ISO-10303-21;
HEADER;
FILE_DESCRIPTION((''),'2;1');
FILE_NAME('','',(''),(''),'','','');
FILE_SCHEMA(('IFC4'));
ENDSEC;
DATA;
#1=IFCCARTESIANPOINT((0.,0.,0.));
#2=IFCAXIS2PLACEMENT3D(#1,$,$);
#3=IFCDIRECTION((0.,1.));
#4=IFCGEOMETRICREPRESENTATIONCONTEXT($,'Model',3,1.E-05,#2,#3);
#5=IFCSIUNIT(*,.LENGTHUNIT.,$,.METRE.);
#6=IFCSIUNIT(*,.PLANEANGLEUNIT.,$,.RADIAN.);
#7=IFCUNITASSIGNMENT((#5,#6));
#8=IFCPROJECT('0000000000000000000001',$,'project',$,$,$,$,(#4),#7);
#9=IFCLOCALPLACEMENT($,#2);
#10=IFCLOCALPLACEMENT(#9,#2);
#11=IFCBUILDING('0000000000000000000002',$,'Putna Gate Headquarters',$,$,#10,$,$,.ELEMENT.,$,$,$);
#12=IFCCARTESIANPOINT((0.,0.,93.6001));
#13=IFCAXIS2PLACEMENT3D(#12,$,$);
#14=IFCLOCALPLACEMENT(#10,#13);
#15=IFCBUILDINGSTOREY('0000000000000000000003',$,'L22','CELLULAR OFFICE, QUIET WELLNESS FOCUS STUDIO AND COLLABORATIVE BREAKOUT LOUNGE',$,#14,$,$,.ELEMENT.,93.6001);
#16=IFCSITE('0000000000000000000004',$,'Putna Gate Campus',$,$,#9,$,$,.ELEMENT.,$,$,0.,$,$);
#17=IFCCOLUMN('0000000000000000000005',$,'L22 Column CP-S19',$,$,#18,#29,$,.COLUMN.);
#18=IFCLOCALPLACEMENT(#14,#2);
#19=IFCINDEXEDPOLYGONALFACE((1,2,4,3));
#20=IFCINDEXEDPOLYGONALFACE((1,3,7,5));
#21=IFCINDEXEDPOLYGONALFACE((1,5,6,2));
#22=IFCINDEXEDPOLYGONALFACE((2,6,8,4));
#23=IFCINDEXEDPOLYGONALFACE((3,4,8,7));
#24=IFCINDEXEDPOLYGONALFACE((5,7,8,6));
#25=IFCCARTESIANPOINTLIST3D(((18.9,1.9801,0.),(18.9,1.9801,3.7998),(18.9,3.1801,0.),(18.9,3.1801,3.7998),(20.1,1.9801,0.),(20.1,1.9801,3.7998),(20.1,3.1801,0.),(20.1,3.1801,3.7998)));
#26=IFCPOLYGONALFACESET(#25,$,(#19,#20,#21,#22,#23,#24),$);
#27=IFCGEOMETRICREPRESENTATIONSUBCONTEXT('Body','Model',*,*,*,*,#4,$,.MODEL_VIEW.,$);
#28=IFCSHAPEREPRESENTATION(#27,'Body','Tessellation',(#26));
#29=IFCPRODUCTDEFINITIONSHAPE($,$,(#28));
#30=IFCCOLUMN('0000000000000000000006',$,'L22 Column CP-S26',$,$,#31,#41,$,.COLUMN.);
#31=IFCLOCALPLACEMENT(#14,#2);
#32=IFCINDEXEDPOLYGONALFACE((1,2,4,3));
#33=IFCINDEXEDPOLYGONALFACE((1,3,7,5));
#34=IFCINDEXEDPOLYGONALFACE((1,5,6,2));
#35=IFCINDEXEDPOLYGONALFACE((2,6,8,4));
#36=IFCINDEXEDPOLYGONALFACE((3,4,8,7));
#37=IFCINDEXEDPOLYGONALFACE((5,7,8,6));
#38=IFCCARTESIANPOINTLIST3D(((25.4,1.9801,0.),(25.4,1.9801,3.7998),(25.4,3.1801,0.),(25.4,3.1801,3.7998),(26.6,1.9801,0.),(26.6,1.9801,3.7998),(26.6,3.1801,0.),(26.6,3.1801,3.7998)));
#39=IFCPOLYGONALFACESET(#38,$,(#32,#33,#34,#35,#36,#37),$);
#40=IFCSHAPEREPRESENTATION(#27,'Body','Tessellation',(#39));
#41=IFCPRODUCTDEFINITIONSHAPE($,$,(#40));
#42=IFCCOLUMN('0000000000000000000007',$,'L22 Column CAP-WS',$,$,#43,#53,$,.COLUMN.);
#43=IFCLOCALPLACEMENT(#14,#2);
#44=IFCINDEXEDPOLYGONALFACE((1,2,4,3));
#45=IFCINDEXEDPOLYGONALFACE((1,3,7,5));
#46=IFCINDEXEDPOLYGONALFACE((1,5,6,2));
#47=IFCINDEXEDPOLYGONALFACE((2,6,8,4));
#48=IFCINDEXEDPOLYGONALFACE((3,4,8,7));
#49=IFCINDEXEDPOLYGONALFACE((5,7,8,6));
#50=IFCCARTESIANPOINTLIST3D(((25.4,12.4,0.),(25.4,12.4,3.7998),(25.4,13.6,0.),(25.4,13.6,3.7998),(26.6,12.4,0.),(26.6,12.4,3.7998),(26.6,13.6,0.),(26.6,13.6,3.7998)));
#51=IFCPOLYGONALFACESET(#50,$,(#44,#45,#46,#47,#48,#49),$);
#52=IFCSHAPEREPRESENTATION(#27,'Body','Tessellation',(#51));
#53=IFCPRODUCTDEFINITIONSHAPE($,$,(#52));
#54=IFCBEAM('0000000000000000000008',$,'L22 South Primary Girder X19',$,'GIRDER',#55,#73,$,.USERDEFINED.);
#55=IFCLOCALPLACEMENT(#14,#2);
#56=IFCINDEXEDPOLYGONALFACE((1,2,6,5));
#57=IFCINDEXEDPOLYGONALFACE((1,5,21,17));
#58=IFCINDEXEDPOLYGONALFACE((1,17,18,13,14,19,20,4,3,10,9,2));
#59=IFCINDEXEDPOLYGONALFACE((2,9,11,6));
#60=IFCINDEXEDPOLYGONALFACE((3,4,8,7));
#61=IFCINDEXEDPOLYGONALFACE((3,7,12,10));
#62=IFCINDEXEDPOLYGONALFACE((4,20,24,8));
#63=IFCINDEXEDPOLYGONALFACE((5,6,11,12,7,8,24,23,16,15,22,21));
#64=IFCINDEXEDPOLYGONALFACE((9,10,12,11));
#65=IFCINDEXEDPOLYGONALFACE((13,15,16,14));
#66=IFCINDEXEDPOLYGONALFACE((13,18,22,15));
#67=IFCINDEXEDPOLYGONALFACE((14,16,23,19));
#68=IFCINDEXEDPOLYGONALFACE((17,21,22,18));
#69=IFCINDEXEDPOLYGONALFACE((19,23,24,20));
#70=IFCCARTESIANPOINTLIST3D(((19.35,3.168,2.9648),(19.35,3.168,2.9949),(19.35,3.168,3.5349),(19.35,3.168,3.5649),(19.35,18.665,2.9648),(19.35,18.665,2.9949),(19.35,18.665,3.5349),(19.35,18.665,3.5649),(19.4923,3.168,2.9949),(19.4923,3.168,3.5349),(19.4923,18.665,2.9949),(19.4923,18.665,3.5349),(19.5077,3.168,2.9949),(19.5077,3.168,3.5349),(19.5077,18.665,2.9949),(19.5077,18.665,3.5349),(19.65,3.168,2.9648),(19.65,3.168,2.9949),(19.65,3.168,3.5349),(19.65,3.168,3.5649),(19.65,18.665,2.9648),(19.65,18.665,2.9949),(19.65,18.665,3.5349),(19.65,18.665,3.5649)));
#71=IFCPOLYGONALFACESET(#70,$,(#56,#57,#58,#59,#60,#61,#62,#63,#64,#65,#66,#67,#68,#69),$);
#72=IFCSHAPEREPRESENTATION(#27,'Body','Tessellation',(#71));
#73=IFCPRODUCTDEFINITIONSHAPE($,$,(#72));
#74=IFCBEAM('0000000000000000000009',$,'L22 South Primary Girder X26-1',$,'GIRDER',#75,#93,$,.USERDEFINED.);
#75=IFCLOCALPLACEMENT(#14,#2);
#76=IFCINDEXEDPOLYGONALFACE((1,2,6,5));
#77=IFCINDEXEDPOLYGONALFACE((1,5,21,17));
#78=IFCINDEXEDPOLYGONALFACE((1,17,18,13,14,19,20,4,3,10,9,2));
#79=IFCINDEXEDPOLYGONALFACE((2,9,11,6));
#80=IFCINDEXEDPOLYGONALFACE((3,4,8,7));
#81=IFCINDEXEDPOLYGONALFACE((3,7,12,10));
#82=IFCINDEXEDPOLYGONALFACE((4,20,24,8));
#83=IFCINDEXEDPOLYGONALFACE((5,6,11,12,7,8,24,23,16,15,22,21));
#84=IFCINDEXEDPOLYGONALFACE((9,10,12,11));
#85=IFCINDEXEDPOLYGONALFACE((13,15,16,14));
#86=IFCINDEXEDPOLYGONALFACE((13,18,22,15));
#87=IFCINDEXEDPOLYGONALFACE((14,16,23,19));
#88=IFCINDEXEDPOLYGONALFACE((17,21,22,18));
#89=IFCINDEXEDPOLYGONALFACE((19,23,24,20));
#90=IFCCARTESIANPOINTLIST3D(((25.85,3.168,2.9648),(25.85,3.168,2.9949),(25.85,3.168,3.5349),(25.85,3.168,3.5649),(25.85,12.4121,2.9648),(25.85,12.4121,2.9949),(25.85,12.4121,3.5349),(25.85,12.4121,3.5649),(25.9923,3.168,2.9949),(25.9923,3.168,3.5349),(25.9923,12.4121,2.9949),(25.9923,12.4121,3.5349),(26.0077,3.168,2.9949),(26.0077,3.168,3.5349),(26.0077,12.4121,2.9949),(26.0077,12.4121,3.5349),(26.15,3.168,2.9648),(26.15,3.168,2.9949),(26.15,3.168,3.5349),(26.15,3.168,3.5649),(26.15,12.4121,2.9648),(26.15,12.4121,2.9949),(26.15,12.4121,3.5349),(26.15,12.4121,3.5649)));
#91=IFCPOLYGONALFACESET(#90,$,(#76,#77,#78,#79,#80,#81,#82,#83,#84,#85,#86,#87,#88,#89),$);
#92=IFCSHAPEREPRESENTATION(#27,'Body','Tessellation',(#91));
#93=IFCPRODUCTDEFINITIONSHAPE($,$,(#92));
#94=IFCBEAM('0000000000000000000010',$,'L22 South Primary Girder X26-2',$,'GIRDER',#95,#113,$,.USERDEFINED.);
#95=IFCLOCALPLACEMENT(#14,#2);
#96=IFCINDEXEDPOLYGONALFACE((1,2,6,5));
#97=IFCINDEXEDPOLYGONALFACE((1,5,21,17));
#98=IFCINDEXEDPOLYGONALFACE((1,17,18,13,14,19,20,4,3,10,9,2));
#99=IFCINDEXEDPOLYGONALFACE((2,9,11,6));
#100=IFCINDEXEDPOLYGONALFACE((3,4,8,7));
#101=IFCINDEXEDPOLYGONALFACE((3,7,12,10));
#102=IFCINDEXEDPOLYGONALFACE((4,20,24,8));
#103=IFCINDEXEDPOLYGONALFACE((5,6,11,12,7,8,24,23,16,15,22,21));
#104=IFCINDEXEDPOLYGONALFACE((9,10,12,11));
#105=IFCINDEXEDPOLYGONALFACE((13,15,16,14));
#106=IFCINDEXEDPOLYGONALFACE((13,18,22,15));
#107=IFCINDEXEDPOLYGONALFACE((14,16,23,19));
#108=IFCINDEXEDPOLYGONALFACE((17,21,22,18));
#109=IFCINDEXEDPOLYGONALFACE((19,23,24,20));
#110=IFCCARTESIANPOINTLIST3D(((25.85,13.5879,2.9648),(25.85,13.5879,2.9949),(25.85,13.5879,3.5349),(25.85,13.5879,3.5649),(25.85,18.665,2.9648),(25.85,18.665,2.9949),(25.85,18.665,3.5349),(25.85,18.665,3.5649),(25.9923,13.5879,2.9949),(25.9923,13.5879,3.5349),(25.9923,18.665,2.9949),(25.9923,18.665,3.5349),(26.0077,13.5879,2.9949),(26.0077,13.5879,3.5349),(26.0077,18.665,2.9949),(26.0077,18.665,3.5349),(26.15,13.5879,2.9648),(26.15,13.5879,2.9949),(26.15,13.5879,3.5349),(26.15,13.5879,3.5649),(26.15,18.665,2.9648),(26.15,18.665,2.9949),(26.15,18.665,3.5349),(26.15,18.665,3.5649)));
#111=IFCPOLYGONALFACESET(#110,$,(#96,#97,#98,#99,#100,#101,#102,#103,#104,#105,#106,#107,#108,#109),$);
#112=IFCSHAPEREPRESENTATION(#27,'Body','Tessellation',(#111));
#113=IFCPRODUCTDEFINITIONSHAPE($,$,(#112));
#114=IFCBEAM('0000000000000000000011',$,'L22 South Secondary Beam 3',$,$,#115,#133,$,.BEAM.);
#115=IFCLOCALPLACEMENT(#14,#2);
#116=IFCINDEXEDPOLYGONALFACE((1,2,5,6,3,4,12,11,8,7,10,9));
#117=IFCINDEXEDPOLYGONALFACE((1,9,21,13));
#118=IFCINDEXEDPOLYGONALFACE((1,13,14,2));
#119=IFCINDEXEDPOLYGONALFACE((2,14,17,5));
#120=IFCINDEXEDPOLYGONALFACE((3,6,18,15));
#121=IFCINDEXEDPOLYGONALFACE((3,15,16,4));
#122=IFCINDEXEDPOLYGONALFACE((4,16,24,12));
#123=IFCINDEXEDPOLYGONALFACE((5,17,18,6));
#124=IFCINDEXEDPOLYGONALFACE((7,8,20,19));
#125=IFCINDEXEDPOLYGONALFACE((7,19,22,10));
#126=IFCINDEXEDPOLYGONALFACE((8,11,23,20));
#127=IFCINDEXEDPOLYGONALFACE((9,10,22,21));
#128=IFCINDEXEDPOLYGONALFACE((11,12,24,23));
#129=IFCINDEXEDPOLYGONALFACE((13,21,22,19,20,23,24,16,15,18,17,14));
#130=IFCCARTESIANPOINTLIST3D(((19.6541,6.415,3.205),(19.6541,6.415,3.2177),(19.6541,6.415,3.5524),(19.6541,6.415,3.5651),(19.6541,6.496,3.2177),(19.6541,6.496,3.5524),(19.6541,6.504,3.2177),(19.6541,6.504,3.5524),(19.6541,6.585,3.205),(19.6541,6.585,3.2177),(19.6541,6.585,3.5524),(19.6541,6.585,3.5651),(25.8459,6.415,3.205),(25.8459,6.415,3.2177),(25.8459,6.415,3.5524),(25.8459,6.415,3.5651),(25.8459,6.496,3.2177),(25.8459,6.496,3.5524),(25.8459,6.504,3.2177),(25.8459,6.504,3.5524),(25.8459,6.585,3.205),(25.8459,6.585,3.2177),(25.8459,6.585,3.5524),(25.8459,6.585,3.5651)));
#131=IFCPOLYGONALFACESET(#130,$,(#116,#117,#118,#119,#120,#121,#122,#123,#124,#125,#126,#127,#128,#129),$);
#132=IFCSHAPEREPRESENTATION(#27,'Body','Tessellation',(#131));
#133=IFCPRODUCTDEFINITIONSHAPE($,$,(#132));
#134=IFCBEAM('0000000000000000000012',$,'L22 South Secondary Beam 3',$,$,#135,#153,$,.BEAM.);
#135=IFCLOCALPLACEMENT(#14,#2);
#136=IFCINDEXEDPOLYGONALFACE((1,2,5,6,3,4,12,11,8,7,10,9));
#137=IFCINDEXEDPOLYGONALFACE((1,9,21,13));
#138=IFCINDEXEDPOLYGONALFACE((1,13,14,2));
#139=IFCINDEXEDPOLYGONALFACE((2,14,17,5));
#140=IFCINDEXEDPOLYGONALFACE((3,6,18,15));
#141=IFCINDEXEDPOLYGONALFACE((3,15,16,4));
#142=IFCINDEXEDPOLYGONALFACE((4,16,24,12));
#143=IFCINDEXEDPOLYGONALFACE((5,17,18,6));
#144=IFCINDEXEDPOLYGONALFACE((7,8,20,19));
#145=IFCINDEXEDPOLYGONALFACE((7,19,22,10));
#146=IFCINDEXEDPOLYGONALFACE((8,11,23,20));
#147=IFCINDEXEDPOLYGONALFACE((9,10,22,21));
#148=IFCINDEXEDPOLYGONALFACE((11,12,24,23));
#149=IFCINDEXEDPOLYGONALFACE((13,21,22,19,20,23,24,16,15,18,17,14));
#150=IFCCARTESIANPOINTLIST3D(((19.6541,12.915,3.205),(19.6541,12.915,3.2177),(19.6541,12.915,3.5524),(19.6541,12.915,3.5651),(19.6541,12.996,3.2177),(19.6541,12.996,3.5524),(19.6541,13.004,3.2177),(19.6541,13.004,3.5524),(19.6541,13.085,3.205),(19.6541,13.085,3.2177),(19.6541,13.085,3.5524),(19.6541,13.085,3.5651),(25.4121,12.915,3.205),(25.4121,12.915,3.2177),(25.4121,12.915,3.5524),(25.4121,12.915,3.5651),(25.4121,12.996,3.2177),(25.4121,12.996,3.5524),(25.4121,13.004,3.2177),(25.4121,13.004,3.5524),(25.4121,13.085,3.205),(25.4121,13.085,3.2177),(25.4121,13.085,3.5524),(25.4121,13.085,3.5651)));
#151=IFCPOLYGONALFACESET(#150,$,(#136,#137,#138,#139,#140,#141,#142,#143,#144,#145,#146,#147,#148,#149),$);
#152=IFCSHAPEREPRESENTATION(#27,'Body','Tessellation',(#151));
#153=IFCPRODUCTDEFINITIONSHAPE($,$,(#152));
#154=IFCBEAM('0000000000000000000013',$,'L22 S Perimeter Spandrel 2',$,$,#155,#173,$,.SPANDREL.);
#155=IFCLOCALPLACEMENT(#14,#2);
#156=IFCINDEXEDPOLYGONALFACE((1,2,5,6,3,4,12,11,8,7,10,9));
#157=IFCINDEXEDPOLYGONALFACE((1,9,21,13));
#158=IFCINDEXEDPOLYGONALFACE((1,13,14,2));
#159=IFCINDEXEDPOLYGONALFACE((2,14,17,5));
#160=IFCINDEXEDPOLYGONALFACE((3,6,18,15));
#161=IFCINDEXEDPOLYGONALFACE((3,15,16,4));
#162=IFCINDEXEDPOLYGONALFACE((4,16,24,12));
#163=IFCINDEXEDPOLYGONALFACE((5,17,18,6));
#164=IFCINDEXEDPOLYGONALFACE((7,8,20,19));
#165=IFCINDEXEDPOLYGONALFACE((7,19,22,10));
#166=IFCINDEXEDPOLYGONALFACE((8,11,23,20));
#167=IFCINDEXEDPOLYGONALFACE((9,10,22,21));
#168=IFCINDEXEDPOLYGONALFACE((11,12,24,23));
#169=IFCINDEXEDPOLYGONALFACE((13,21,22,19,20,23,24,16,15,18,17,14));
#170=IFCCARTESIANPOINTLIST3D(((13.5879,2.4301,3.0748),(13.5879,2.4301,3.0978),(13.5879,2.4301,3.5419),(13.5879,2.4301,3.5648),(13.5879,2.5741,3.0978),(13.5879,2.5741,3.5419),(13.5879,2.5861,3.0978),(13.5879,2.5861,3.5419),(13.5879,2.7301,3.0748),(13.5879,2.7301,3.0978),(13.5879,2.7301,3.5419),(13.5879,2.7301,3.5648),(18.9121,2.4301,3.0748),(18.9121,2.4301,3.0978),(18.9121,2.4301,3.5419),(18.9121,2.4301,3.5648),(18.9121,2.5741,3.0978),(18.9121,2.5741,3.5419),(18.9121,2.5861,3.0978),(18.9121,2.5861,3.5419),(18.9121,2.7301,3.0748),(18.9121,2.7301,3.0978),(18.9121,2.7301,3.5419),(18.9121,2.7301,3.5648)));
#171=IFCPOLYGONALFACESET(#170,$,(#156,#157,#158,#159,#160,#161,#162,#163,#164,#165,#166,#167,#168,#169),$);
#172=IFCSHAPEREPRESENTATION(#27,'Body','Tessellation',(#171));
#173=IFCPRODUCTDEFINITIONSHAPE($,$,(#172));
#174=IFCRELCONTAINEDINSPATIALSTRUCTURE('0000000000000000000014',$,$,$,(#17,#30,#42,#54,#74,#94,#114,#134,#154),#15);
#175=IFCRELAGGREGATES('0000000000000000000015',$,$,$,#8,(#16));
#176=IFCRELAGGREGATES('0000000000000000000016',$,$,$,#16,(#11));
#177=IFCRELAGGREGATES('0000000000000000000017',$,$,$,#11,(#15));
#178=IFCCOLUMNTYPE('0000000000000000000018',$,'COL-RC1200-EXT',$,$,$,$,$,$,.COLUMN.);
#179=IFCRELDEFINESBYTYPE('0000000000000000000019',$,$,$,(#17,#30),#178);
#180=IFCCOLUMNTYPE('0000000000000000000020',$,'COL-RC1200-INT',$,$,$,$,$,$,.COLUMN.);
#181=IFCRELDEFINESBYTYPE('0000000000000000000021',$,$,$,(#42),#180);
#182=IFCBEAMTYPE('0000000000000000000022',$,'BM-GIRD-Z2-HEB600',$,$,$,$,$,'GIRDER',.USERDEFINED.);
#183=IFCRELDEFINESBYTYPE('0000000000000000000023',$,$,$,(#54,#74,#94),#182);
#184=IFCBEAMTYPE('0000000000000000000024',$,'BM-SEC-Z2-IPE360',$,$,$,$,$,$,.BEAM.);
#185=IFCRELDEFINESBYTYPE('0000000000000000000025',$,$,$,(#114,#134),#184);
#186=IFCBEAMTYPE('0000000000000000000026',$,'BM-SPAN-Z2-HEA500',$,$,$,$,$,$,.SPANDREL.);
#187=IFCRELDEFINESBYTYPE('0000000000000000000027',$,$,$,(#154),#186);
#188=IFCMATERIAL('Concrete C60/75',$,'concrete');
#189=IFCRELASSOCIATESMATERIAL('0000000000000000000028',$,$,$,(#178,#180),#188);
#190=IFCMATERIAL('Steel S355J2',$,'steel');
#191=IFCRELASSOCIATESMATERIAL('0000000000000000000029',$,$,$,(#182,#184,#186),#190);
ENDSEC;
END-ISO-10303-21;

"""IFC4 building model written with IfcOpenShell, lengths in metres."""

from ifc_helpers import new_model, si_unit, direction, frame, origin, origin_2d, place, context, subcontext, project, spatial, rectangle, i_section, extrude, material, material_profile, profile_set, type_object, element, save


model = new_model("IFC4")

# Units and contexts
model_context = context("Model", 3, precision=1e-05, world=origin(), true_north=direction((0.0, 1.0)))
body_context = subcontext(model_context, "Body", "Model", "MODEL_VIEW")
ifc_project = project(units=[si_unit("LENGTHUNIT", "METRE"), si_unit("PLANEANGLEUNIT", "RADIAN")], contexts=[model_context])

# Site, building, storey
site_placement = place(None, origin())
site = spatial("IfcSite", under=ifc_project, at=site_placement, Name="Putna Gate Campus", CompositionType="ELEMENT", RefElevation=0.0)
building_placement = place(site_placement, origin())
building = spatial("IfcBuilding", under=site, at=building_placement, Name="Putna Gate Headquarters", CompositionType="ELEMENT")
storey_placement = place(building_placement, frame((0.0, 0.0, 93.6001)))
storey = spatial("IfcBuildingStorey", under=building, at=storey_placement, Name="L22", Description="CELLULAR OFFICE, QUIET WELLNESS FOCUS STUDIO AND COLLABORATIVE BREAKOUT LOUNGE", CompositionType="ELEMENT", Elevation=93.6001)

# Columns
ifc_material_1 = material(Name="Concrete C60/75", Category="concrete")
ifc_material_profile_1 = material_profile(ifc_material_1, rectangle(XDim=1.2, YDim=1.2, at=origin_2d()), Name="Concrete C60/75")
ifc_profile_set_1 = profile_set([ifc_material_profile_1], Name="Concrete C60/75")
column_type_1 = type_object("IfcColumnType", Name="COL-RC1200-EXT", PredefinedType="COLUMN", material=ifc_profile_set_1)
for number, where, z_axis, x_axis, name in (
    (1, (19.5, 2.5801, 0.0), (0.0, 0.0, 1.0), (1.0, 0.0, 0.0), "L22 Column CP-S19"),
    (2, (26.0, 2.5801, 0.0), (0.0, 0.0, 1.0), (1.0, 0.0, 0.0), "L22 Column CP-S26"),
):
    element("IfcColumn", number, at=place(storey_placement, frame(where, z_axis=z_axis, x_axis=x_axis)), inside=storey, type_object=column_type_1, Name=name, PredefinedType="COLUMN", context=body_context, shape_type="SweptSolid", body=[
        extrude(rectangle(XDim=1.2, YDim=1.2, at=origin_2d()), origin(), (0.0, 0.0, 1.0), 3.7998),
    ])
ifc_material_profile_2 = material_profile(ifc_material_1, rectangle(XDim=1.2, YDim=1.2, at=origin_2d()), Name="Concrete C60/75")
ifc_profile_set_2 = profile_set([ifc_material_profile_2], Name="Concrete C60/75")
column_type_2 = type_object("IfcColumnType", Name="COL-RC1200-INT", PredefinedType="COLUMN", material=ifc_profile_set_2)
column_placement = place(storey_placement, frame((26.0, 13.0, 0.0), z_axis=(0.0, 0.0, 1.0), x_axis=(1.0, 0.0, 0.0)))
element("IfcColumn", 3, at=column_placement, inside=storey, type_object=column_type_2, Name="L22 Column CAP-WS", PredefinedType="COLUMN", context=body_context, shape_type="SweptSolid", body=[
    extrude(rectangle(XDim=1.2, YDim=1.2, at=origin_2d()), origin(), (0.0, 0.0, 1.0), 3.7998),
])

# Beams
ifc_material_2 = material(Name="Steel S355J2", Category="steel")
ifc_material_profile_3 = material_profile(ifc_material_2, i_section(OverallWidth=0.3, OverallDepth=0.6001, WebThickness=0.0154, FlangeThickness=0.03, at=origin_2d()), Name="Steel S355J2")
ifc_profile_set_3 = profile_set([ifc_material_profile_3], Name="Steel S355J2")
beam_type_1 = type_object("IfcBeamType", Name="BM-GIRD-Z2-HEB600", ElementType="GIRDER", PredefinedType="USERDEFINED", material=ifc_profile_set_3)
beam_1_placement = place(storey_placement, frame((19.5, 3.168, 3.2649), z_axis=(0.0, 1.0, 0.0), x_axis=(-1.0, 0.0, 0.0)))
element("IfcBeam", 4, at=beam_1_placement, inside=storey, type_object=beam_type_1, Name="L22 South Primary Girder X19", ObjectType="GIRDER", PredefinedType="USERDEFINED", context=body_context, shape_type="SweptSolid", body=[
    extrude(i_section(OverallWidth=0.3, OverallDepth=0.6001, WebThickness=0.0154, FlangeThickness=0.03, at=origin_2d()), origin(), (0.0, 0.0, 1.0), 15.4971),
])
beam_2_placement = place(storey_placement, frame((26.0, 3.168, 3.2649), z_axis=(0.0, 1.0, 0.0), x_axis=(-1.0, 0.0, 0.0)))
element("IfcBeam", 5, at=beam_2_placement, inside=storey, type_object=beam_type_1, Name="L22 South Primary Girder X26-1", ObjectType="GIRDER", PredefinedType="USERDEFINED", context=body_context, shape_type="SweptSolid", body=[
    extrude(i_section(OverallWidth=0.3, OverallDepth=0.6001, WebThickness=0.0154, FlangeThickness=0.03, at=origin_2d()), origin(), (0.0, 0.0, 1.0), 9.2441),
])
beam_3_placement = place(storey_placement, frame((26.0, 13.5879, 3.2649), z_axis=(0.0, 1.0, 0.0), x_axis=(-1.0, 0.0, 0.0)))
element("IfcBeam", 6, at=beam_3_placement, inside=storey, type_object=beam_type_1, Name="L22 South Primary Girder X26-2", ObjectType="GIRDER", PredefinedType="USERDEFINED", context=body_context, shape_type="SweptSolid", body=[
    extrude(i_section(OverallWidth=0.3, OverallDepth=0.6001, WebThickness=0.0154, FlangeThickness=0.03, at=origin_2d()), origin(), (0.0, 0.0, 1.0), 5.0771),
])
ifc_material_profile_4 = material_profile(ifc_material_2, i_section(OverallWidth=0.1699, OverallDepth=0.3601, WebThickness=0.0081, FlangeThickness=0.0127, at=origin_2d()), Name="Steel S355J2")
ifc_profile_set_4 = profile_set([ifc_material_profile_4], Name="Steel S355J2")
beam_type_2 = type_object("IfcBeamType", Name="BM-SEC-Z2-IPE360", PredefinedType="BEAM", material=ifc_profile_set_4)
beam_4_placement = place(storey_placement, frame((19.6541, 6.5, 3.385), z_axis=(1.0, 0.0, 0.0), x_axis=(0.0, 1.0, 0.0)))
element("IfcBeam", 7, at=beam_4_placement, inside=storey, type_object=beam_type_2, Name="L22 South Secondary Beam 3", PredefinedType="BEAM", context=body_context, shape_type="SweptSolid", body=[
    extrude(i_section(OverallWidth=0.1699, OverallDepth=0.3601, WebThickness=0.0081, FlangeThickness=0.0127, at=origin_2d()), origin(), (0.0, 0.0, 1.0), 6.1919),
])
beam_5_placement = place(storey_placement, frame((19.6541, 13.0, 3.385), z_axis=(1.0, 0.0, 0.0), x_axis=(0.0, 1.0, 0.0)))
element("IfcBeam", 8, at=beam_5_placement, inside=storey, type_object=beam_type_2, Name="L22 South Secondary Beam 3", PredefinedType="BEAM", context=body_context, shape_type="SweptSolid", body=[
    extrude(i_section(OverallWidth=0.1699, OverallDepth=0.3601, WebThickness=0.0081, FlangeThickness=0.0127, at=origin_2d()), origin(), (0.0, 0.0, 1.0), 5.7581),
])
ifc_material_profile_5 = material_profile(ifc_material_2, i_section(OverallWidth=0.3, OverallDepth=0.49, WebThickness=0.012, FlangeThickness=0.0229, at=origin_2d()), Name="Steel S355J2")
ifc_profile_set_5 = profile_set([ifc_material_profile_5], Name="Steel S355J2")
beam_type_3 = type_object("IfcBeamType", Name="BM-SPAN-Z2-HEA500", PredefinedType="SPANDREL", material=ifc_profile_set_5)
for number, where, z_axis, x_axis, name in (
    (9, (13.5879, 2.5801, 3.3198), (1.0, 0.0, 0.0), (0.0, 1.0, 0.0), "L22 S Perimeter Spandrel 2"),
):
    element("IfcBeam", number, at=place(storey_placement, frame(where, z_axis=z_axis, x_axis=x_axis)), inside=storey, type_object=beam_type_3, Name=name, PredefinedType="SPANDREL", context=body_context, shape_type="SweptSolid", body=[
        extrude(i_section(OverallWidth=0.3, OverallDepth=0.49, WebThickness=0.012, FlangeThickness=0.0229, at=origin_2d()), origin(), (0.0, 0.0, 1.0), 5.3242),
    ])

save(model, "model.ifc")
